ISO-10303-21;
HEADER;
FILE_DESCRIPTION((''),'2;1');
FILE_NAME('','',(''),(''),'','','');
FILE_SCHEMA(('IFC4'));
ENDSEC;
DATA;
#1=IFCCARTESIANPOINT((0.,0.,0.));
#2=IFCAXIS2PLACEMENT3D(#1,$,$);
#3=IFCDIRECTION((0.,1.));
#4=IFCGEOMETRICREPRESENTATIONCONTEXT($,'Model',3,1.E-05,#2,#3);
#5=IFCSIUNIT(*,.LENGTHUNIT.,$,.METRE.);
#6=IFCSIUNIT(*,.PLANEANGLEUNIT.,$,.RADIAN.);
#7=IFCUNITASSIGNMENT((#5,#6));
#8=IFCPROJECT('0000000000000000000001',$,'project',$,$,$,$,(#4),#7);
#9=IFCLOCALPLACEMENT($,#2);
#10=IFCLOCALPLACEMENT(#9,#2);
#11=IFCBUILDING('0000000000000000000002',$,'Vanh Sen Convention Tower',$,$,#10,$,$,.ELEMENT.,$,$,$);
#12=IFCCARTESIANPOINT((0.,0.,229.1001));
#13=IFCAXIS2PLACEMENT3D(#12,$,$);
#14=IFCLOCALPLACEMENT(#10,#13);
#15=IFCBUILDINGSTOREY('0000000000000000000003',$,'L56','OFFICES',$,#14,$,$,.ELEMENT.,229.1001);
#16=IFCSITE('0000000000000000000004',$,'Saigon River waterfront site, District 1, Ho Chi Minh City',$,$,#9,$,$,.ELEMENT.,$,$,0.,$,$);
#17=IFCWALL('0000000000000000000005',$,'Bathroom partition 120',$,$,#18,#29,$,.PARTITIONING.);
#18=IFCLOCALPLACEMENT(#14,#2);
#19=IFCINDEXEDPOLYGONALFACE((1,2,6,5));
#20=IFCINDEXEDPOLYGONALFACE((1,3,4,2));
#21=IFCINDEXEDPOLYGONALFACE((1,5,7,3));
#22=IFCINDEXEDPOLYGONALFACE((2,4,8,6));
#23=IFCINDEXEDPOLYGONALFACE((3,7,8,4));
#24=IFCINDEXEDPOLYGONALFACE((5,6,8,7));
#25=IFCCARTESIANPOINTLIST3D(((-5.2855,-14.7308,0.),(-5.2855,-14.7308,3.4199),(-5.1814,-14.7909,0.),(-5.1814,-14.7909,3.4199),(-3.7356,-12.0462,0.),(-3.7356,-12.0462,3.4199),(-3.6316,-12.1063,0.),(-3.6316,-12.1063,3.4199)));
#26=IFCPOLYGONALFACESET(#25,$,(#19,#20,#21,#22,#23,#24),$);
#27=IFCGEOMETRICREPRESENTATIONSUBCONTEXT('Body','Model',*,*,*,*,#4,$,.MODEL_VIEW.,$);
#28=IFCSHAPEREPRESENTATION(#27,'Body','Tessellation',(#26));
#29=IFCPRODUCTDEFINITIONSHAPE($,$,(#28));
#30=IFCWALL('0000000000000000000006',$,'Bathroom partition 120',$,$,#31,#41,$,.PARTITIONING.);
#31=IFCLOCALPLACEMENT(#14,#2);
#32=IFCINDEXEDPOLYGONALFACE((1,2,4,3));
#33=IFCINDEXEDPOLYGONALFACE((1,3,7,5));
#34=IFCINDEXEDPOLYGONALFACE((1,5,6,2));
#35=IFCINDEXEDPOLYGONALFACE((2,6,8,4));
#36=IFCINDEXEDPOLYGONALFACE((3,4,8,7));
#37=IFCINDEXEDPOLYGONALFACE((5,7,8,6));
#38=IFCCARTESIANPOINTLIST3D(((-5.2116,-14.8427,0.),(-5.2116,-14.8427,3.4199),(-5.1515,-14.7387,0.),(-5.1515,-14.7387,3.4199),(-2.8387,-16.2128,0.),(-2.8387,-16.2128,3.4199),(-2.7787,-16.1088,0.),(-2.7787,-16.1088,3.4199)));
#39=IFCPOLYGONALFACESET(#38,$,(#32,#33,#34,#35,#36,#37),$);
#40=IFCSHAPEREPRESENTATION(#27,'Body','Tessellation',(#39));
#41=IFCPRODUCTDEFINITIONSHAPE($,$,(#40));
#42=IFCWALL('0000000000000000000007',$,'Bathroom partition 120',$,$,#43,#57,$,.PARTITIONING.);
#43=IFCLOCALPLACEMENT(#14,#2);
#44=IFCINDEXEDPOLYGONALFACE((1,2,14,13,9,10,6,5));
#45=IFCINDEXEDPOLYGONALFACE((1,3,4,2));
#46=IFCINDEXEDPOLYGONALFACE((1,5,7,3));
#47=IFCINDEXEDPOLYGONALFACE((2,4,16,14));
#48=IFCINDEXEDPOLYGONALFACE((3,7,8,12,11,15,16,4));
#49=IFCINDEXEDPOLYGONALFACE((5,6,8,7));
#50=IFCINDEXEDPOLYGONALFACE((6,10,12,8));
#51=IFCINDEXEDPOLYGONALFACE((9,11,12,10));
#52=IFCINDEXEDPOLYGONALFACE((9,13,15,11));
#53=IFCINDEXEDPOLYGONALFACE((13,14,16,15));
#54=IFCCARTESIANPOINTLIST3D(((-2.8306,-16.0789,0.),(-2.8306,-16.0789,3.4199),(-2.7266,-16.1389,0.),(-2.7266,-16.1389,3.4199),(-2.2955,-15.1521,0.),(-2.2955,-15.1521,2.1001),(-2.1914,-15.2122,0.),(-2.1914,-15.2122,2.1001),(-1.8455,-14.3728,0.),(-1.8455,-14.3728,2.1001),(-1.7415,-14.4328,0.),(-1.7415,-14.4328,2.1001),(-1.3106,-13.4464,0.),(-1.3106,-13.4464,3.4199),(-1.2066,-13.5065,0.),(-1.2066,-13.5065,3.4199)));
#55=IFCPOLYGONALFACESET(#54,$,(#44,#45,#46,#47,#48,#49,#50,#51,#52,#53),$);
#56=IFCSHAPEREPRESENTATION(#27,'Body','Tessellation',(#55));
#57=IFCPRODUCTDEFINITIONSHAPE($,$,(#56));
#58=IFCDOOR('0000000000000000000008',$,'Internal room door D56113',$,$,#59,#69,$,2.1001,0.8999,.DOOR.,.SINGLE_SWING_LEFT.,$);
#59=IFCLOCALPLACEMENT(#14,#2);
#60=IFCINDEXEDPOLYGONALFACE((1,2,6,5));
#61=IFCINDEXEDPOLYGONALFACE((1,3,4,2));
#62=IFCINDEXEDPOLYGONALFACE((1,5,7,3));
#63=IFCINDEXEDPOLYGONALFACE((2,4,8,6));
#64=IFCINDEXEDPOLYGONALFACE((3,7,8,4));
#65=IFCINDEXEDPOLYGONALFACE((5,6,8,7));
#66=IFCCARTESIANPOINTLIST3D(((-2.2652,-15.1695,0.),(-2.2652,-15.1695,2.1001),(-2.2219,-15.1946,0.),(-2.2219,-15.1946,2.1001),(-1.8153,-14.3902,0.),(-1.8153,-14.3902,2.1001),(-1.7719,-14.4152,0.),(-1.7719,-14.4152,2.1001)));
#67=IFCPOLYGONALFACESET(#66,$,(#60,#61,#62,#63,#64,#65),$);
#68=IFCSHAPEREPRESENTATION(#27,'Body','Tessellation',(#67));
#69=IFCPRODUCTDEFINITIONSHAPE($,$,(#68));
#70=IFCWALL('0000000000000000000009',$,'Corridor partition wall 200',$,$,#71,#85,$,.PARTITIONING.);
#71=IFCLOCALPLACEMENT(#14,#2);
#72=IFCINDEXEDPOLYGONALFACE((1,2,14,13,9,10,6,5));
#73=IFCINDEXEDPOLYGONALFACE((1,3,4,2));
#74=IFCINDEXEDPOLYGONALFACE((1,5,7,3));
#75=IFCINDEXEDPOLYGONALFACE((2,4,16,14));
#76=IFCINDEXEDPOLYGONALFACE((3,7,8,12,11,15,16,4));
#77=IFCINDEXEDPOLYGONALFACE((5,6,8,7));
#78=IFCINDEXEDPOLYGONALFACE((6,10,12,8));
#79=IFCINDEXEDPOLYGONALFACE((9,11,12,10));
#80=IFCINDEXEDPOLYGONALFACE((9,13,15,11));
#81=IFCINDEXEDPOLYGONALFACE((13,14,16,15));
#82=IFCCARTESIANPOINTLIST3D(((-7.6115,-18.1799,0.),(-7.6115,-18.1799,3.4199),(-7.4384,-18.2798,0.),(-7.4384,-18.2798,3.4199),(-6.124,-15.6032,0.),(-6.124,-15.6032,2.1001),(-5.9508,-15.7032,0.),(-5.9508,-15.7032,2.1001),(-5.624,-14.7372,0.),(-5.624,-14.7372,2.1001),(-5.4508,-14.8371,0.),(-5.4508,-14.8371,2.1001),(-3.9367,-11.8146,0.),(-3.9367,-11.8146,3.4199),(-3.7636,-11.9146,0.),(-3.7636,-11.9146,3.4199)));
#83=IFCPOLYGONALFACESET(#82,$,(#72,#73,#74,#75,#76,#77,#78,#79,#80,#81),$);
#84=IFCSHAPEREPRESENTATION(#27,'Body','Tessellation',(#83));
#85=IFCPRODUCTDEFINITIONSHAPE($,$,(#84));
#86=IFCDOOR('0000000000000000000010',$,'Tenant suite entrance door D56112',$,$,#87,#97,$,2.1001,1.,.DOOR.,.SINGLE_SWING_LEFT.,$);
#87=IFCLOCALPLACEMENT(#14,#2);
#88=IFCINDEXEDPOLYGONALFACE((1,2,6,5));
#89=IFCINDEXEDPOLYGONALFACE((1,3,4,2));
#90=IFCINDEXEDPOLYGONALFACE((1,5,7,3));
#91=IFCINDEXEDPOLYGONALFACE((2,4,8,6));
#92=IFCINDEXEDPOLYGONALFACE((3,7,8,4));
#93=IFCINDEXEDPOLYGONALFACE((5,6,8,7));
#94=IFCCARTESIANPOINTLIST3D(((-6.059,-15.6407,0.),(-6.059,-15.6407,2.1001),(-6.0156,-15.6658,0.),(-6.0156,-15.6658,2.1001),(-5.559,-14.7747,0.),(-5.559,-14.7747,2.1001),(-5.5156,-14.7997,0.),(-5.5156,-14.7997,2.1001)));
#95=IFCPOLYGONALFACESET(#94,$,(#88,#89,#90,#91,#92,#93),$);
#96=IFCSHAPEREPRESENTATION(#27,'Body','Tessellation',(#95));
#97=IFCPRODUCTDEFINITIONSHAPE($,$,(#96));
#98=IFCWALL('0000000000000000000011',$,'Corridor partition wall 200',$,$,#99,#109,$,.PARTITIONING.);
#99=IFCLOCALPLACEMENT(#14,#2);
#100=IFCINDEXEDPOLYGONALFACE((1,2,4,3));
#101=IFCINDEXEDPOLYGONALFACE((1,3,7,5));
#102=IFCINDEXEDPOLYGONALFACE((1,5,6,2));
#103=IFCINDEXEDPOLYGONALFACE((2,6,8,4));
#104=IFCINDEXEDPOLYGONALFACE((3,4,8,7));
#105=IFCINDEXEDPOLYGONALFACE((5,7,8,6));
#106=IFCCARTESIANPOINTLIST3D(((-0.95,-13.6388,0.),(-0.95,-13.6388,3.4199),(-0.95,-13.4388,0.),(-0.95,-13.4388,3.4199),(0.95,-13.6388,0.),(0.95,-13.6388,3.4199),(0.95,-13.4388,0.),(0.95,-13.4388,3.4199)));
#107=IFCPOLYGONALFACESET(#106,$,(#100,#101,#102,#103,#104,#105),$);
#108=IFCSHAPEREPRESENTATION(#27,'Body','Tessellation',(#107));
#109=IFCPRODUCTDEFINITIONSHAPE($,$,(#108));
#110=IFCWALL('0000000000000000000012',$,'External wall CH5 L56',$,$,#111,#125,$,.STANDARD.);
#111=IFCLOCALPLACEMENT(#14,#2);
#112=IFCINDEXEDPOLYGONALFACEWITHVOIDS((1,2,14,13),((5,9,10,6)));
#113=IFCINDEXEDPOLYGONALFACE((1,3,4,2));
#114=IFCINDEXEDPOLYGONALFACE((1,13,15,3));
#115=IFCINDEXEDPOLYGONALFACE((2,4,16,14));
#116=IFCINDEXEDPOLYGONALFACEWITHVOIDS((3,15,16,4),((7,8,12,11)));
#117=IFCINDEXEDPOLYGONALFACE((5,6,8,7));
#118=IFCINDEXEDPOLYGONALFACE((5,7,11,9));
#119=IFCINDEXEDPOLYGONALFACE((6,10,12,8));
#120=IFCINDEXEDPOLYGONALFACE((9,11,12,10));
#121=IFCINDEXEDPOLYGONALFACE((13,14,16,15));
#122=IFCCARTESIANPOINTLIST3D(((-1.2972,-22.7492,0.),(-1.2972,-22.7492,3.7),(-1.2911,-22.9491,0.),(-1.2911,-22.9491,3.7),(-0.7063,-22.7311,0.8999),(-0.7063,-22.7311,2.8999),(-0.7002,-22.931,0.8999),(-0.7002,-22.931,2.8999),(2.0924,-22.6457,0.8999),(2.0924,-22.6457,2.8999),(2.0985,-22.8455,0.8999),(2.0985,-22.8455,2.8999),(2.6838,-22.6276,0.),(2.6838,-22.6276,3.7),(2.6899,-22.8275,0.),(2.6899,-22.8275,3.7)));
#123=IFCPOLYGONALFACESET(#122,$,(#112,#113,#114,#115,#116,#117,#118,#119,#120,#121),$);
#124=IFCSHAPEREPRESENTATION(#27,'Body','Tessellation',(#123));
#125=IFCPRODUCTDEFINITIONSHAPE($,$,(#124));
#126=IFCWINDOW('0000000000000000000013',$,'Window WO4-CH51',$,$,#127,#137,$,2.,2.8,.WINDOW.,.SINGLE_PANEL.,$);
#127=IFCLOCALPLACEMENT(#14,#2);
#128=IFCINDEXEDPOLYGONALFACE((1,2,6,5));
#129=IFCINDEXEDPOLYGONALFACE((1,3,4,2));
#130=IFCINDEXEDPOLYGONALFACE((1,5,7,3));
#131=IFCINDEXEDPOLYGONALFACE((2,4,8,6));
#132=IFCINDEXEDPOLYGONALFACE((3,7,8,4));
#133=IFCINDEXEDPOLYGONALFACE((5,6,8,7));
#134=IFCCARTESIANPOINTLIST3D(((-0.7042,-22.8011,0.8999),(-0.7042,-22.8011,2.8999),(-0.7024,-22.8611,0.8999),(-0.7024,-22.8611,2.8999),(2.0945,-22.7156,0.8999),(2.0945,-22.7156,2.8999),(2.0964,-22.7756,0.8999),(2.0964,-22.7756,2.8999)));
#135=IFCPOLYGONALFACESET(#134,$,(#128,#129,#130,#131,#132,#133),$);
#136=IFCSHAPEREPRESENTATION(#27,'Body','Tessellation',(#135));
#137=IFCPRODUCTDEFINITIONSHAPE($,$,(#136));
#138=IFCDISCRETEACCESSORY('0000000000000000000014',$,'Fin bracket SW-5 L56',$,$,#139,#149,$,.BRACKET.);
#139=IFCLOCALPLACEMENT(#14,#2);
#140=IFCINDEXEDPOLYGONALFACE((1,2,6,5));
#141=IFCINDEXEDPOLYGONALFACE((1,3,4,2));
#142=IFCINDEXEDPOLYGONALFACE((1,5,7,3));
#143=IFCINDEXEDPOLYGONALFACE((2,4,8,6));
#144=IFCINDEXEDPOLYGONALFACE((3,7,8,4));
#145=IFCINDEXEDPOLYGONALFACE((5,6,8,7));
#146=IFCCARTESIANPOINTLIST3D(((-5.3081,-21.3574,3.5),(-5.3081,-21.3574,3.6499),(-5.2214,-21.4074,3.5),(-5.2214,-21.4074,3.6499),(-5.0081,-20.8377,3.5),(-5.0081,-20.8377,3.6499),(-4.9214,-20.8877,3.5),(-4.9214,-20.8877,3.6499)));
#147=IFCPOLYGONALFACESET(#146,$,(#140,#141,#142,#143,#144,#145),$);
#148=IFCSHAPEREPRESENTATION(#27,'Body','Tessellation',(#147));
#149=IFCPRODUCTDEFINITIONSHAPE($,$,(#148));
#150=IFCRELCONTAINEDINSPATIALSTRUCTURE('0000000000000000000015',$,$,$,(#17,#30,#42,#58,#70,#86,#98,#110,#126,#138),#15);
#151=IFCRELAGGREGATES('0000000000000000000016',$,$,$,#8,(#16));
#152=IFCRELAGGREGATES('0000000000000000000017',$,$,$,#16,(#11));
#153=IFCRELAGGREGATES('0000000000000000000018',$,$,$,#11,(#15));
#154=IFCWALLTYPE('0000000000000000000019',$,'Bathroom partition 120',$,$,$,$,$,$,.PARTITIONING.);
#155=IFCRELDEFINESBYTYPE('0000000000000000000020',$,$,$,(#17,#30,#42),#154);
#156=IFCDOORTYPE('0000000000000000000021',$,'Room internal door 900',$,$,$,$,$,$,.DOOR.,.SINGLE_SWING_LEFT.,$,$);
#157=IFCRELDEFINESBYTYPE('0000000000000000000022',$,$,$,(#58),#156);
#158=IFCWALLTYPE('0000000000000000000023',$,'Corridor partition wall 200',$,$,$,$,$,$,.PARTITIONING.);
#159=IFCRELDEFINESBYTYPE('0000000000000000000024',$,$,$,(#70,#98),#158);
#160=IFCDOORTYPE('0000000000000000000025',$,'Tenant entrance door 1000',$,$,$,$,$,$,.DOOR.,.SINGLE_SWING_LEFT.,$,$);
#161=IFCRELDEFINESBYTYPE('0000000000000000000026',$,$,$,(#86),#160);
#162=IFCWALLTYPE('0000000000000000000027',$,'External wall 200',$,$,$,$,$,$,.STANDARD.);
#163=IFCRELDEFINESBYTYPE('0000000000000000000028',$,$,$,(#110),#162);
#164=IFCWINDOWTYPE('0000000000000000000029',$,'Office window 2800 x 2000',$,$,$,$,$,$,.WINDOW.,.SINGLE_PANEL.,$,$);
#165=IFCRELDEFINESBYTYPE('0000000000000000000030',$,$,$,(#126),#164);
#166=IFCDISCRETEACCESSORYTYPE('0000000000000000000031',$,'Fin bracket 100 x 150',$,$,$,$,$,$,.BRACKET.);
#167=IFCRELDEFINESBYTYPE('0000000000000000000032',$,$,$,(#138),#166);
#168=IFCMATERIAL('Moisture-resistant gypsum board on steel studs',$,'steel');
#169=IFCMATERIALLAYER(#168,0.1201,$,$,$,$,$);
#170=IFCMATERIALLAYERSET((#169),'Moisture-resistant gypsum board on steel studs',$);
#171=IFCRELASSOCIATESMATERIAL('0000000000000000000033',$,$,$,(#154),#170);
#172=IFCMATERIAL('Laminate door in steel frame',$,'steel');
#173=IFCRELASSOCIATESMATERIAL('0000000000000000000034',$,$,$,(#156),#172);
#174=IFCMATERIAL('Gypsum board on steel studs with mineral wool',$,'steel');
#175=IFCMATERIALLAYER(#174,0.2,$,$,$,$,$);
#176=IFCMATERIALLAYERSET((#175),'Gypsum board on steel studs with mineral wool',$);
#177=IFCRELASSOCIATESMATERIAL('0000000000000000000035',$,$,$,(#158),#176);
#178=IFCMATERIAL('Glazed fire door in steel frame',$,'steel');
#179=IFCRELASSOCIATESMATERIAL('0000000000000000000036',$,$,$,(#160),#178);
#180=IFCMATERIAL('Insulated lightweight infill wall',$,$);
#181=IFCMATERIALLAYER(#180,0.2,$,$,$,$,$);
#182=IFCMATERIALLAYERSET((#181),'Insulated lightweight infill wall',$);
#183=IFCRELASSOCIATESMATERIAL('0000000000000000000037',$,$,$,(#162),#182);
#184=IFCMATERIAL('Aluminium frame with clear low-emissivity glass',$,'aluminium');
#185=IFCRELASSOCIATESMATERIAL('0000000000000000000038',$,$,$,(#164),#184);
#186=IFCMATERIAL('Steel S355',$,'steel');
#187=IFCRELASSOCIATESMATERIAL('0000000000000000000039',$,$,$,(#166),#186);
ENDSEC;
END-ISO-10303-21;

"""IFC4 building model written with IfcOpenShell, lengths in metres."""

from ifc_helpers import new_model, si_unit, direction, frame, frame_2d, origin, origin_2d, place, context, subcontext, project, spatial, rectangle, extrude, material, layer, layer_set, type_object, element, fill, save


model = new_model("IFC4")

# Units and contexts
model_context = context("Model", 3, precision=1e-05, world=origin(), true_north=direction((0.0, 1.0)))
body_context = subcontext(model_context, "Body", "Model", "MODEL_VIEW")
ifc_project = project(units=[si_unit("LENGTHUNIT", "METRE"), si_unit("PLANEANGLEUNIT", "RADIAN")], contexts=[model_context])

# Site, building, storey
site_placement = place(None, origin())
site = spatial("IfcSite", under=ifc_project, at=site_placement, Name="Saigon River waterfront site, District 1, Ho Chi Minh City", CompositionType="ELEMENT", RefElevation=0.0)
building_placement = place(site_placement, origin())
building = spatial("IfcBuilding", under=site, at=building_placement, Name="Vanh Sen Convention Tower", CompositionType="ELEMENT")
storey_placement = place(building_placement, frame((0.0, 0.0, 229.1001)))
storey = spatial("IfcBuildingStorey", under=building, at=storey_placement, Name="L56", Description="OFFICES", CompositionType="ELEMENT", Elevation=229.1001)

# Walls
ifc_material_1 = material(Name="Moisture-resistant gypsum board on steel studs", Category="steel")
ifc_layer_1 = layer(ifc_material_1, 0.1201)
ifc_layer_set_1 = layer_set([ifc_layer_1], Name="Moisture-resistant gypsum board on steel studs")
wall_type_1 = type_object("IfcWallType", Name="Bathroom partition 120", PredefinedType="PARTITIONING", material=ifc_layer_set_1)
wall_1_placement = place(storey_placement, frame((-5.2334, -14.7607, 0.0), z_axis=(0.0, 0.0, 1.0), x_axis=(0.499968, 0.866044, 0.0)))
element("IfcWall", 1, at=wall_1_placement, inside=storey, type_object=wall_type_1, Name="Bathroom partition 120", PredefinedType="PARTITIONING", context=body_context, shape_type="SweptSolid", body=[
    extrude(rectangle(XDim=3.0999, YDim=0.1201, at=frame_2d((1.5498, 0.0))), origin(), (0.0, 0.0, 1.0), 3.4199),
])
wall_2_placement = place(storey_placement, frame((-2.8086, -16.1609, 0.0), z_axis=(0.0, 0.0, 1.0), x_axis=(-0.865997, 0.500049, 0.0)))
element("IfcWall", 2, at=wall_2_placement, inside=storey, type_object=wall_type_1, Name="Bathroom partition 120", PredefinedType="PARTITIONING", context=body_context, shape_type="SweptSolid", body=[
    extrude(rectangle(XDim=2.74, YDim=0.1201, at=frame_2d((1.3701, 0.0))), origin(), (0.0, 0.0, 1.0), 3.4199),
])

# Walls, openings, doors
wall_3_placement = place(storey_placement, frame((-1.2585, -13.4763, 0.0), z_axis=(0.0, 0.0, 1.0), x_axis=(-0.500026, -0.86601, 0.0)))
wall_3 = element("IfcWall", 3, at=wall_3_placement, inside=storey, type_object=wall_type_1, Name="Bathroom partition 120", PredefinedType="PARTITIONING", context=body_context, shape_type="SweptSolid", body=[
    extrude(rectangle(XDim=3.0398, YDim=0.1201, at=frame_2d((1.52, 0.0))), origin(), (0.0, 0.0, 1.0), 3.4199),
])
opening_1_placement = place(wall_3_placement, frame((1.0698, 0.0, 0.0)))
opening_1 = element("IfcOpeningElement", 4, at=opening_1_placement, cuts=wall_3, PredefinedType="OPENING", context=body_context, shape_type="SweptSolid", body=[
    extrude(rectangle(XDim=0.8999, YDim=2.1001, at=frame_2d((0.45, 1.05))), frame((0.0, 0.0701, 0.0), z_axis=(0.0, -1.0, 0.0), x_axis=(1.0, 0.0, 0.0)), (0.0, 0.0, 1.0), 0.1401),
])
ifc_material_2 = material(Name="Laminate door in steel frame", Category="steel")
door_type_1 = type_object("IfcDoorType", Name="Room internal door 900", OperationType="SINGLE_SWING_LEFT", PredefinedType="DOOR", material=ifc_material_2)
door_1_placement = place(opening_1_placement, origin())
door_1 = element("IfcDoor", 5, at=door_1_placement, inside=storey, type_object=door_type_1, Name="Internal room door D56113", OperationType="SINGLE_SWING_LEFT", OverallHeight=2.1001, OverallWidth=0.8999, PredefinedType="DOOR", context=body_context, shape_type="SweptSolid", body=[
    extrude(rectangle(XDim=0.8999, YDim=2.1001, at=frame_2d((0.45, 1.05))), frame((0.0, 0.0249, 0.0), z_axis=(0.0, -1.0, 0.0), x_axis=(1.0, 0.0, 0.0)), (0.0, 0.0, 1.0), 0.05),
])
fill(opening_1, door_1)
ifc_material_3 = material(Name="Gypsum board on steel studs with mineral wool", Category="steel")
ifc_layer_2 = layer(ifc_material_3, 0.2)
ifc_layer_set_2 = layer_set([ifc_layer_2], Name="Gypsum board on steel studs with mineral wool")
wall_type_2 = type_object("IfcWallType", Name="Corridor partition wall 200", PredefinedType="PARTITIONING", material=ifc_layer_set_2)
wall_4_placement = place(storey_placement, frame((-7.5249, -18.2297, 0.0), z_axis=(0.0, 0.0, 1.0), x_axis=(0.499983, 0.866035, 0.0)))
wall_4 = element("IfcWall", 6, at=wall_4_placement, inside=storey, type_object=wall_type_2, Name="Corridor partition wall 200", PredefinedType="PARTITIONING", context=body_context, shape_type="SweptSolid", body=[
    extrude(rectangle(XDim=7.3499, YDim=0.2, at=frame_2d((3.6748, 0.0))), origin(), (0.0, 0.0, 1.0), 3.4199),
])
opening_2_placement = place(wall_4_placement, frame((2.9751, 0.0, 0.0)))
opening_2 = element("IfcOpeningElement", 7, at=opening_2_placement, cuts=wall_4, PredefinedType="OPENING", context=body_context, shape_type="SweptSolid", body=[
    extrude(rectangle(XDim=1.0, YDim=2.1001, at=frame_2d((0.5, 1.05))), frame((0.0, 0.1099, 0.0), z_axis=(0.0, -1.0, 0.0), x_axis=(1.0, 0.0, 0.0)), (0.0, 0.0, 1.0), 0.22),
])
ifc_material_4 = material(Name="Glazed fire door in steel frame", Category="steel")
door_type_2 = type_object("IfcDoorType", Name="Tenant entrance door 1000", OperationType="SINGLE_SWING_LEFT", PredefinedType="DOOR", material=ifc_material_4)
door_2_placement = place(opening_2_placement, origin())
door_2 = element("IfcDoor", 8, at=door_2_placement, inside=storey, type_object=door_type_2, Name="Tenant suite entrance door D56112", OperationType="SINGLE_SWING_LEFT", OverallHeight=2.1001, OverallWidth=1.0, PredefinedType="DOOR", context=body_context, shape_type="SweptSolid", body=[
    extrude(rectangle(XDim=1.0, YDim=2.1001, at=frame_2d((0.5, 1.05))), frame((0.0, 0.0249, 0.0), z_axis=(0.0, -1.0, 0.0), x_axis=(1.0, 0.0, 0.0)), (0.0, 0.0, 1.0), 0.05),
])
fill(opening_2, door_2)

# Wall
wall_5_placement = place(storey_placement, frame((-0.95, -13.5388, 0.0), z_axis=(0.0, 0.0, 1.0), x_axis=(1.0, 0.0, 0.0)))
element("IfcWall", 9, at=wall_5_placement, inside=storey, type_object=wall_type_2, Name="Corridor partition wall 200", PredefinedType="PARTITIONING", context=body_context, shape_type="SweptSolid", body=[
    extrude(rectangle(XDim=1.8999, YDim=0.2, at=frame_2d((0.95, 0.0))), origin(), (0.0, 0.0, 1.0), 3.4199),
])

# Wall, opening, window
ifc_material_5 = material(Name="Insulated lightweight infill wall")
ifc_layer_3 = layer(ifc_material_5, 0.2)
ifc_layer_set_3 = layer_set([ifc_layer_3], Name="Insulated lightweight infill wall")
wall_type_3 = type_object("IfcWallType", Name="External wall 200", PredefinedType="STANDARD", material=ifc_layer_set_3)
wall_6_placement = place(storey_placement, frame((-1.2942, -22.8491, 0.0), z_axis=(0.0, 0.0, 1.0), x_axis=(0.999534, 0.030527, 0.0)))
wall_6 = element("IfcWall", 10, at=wall_6_placement, inside=storey, type_object=wall_type_3, Name="External wall CH5 L56", PredefinedType="STANDARD", context=body_context, shape_type="SweptSolid", body=[
    extrude(rectangle(XDim=3.9829, YDim=0.2, at=frame_2d((1.9915, 0.0))), origin(), (0.0, 0.0, 1.0), 3.7),
])
opening_3_placement = place(wall_6_placement, frame((0.5913, 0.0, 0.8999)))
opening_3 = element("IfcOpeningElement", 11, at=opening_3_placement, cuts=wall_6, PredefinedType="OPENING", context=body_context, shape_type="SweptSolid", body=[
    extrude(rectangle(XDim=2.8, YDim=2.0, at=frame_2d((1.3999, 1.0))), frame((0.0, 0.1099, 0.0), z_axis=(0.0, -1.0, 0.0), x_axis=(1.0, 0.0, 0.0)), (0.0, 0.0, 1.0), 0.22),
])
ifc_material_6 = material(Name="Aluminium frame with clear low-emissivity glass", Category="aluminium")
window_type = type_object("IfcWindowType", Name="Office window 2800 x 2000", PartitioningType="SINGLE_PANEL", PredefinedType="WINDOW", material=ifc_material_6)
window_placement = place(opening_3_placement, origin())
window = element("IfcWindow", 12, at=window_placement, inside=storey, type_object=window_type, Name="Window WO4-CH51", OverallHeight=2.0, OverallWidth=2.8, PartitioningType="SINGLE_PANEL", PredefinedType="WINDOW", context=body_context, shape_type="SweptSolid", body=[
    extrude(rectangle(XDim=2.8, YDim=2.0, at=frame_2d((1.3999, 1.0))), frame((0.0, 0.03, 0.0), z_axis=(0.0, -1.0, 0.0), x_axis=(1.0, 0.0, 0.0)), (0.0, 0.0, 1.0), 0.0601),
])
fill(opening_3, window)

# Discrete accessory
ifc_material_7 = material(Name="Steel S355", Category="steel")
discrete_accessory_type = type_object("IfcDiscreteAccessoryType", Name="Fin bracket 100 x 150", PredefinedType="BRACKET", material=ifc_material_7)
discrete_accessory_placement = place(storey_placement, frame((-5.1147, -21.1226, 3.5), z_axis=(0.0, 0.0, 1.0), x_axis=(-0.5, -0.866025, 0.0)))
element("IfcDiscreteAccessory", 13, at=discrete_accessory_placement, inside=storey, type_object=discrete_accessory_type, Name="Fin bracket SW-5 L56", PredefinedType="BRACKET", context=body_context, shape_type="SweptSolid", body=[
    extrude(rectangle(XDim=0.6001, YDim=0.1001, at=origin_2d()), origin(), (0.0, 0.0, 1.0), 0.1499),
])

save(model, "model.ifc")
